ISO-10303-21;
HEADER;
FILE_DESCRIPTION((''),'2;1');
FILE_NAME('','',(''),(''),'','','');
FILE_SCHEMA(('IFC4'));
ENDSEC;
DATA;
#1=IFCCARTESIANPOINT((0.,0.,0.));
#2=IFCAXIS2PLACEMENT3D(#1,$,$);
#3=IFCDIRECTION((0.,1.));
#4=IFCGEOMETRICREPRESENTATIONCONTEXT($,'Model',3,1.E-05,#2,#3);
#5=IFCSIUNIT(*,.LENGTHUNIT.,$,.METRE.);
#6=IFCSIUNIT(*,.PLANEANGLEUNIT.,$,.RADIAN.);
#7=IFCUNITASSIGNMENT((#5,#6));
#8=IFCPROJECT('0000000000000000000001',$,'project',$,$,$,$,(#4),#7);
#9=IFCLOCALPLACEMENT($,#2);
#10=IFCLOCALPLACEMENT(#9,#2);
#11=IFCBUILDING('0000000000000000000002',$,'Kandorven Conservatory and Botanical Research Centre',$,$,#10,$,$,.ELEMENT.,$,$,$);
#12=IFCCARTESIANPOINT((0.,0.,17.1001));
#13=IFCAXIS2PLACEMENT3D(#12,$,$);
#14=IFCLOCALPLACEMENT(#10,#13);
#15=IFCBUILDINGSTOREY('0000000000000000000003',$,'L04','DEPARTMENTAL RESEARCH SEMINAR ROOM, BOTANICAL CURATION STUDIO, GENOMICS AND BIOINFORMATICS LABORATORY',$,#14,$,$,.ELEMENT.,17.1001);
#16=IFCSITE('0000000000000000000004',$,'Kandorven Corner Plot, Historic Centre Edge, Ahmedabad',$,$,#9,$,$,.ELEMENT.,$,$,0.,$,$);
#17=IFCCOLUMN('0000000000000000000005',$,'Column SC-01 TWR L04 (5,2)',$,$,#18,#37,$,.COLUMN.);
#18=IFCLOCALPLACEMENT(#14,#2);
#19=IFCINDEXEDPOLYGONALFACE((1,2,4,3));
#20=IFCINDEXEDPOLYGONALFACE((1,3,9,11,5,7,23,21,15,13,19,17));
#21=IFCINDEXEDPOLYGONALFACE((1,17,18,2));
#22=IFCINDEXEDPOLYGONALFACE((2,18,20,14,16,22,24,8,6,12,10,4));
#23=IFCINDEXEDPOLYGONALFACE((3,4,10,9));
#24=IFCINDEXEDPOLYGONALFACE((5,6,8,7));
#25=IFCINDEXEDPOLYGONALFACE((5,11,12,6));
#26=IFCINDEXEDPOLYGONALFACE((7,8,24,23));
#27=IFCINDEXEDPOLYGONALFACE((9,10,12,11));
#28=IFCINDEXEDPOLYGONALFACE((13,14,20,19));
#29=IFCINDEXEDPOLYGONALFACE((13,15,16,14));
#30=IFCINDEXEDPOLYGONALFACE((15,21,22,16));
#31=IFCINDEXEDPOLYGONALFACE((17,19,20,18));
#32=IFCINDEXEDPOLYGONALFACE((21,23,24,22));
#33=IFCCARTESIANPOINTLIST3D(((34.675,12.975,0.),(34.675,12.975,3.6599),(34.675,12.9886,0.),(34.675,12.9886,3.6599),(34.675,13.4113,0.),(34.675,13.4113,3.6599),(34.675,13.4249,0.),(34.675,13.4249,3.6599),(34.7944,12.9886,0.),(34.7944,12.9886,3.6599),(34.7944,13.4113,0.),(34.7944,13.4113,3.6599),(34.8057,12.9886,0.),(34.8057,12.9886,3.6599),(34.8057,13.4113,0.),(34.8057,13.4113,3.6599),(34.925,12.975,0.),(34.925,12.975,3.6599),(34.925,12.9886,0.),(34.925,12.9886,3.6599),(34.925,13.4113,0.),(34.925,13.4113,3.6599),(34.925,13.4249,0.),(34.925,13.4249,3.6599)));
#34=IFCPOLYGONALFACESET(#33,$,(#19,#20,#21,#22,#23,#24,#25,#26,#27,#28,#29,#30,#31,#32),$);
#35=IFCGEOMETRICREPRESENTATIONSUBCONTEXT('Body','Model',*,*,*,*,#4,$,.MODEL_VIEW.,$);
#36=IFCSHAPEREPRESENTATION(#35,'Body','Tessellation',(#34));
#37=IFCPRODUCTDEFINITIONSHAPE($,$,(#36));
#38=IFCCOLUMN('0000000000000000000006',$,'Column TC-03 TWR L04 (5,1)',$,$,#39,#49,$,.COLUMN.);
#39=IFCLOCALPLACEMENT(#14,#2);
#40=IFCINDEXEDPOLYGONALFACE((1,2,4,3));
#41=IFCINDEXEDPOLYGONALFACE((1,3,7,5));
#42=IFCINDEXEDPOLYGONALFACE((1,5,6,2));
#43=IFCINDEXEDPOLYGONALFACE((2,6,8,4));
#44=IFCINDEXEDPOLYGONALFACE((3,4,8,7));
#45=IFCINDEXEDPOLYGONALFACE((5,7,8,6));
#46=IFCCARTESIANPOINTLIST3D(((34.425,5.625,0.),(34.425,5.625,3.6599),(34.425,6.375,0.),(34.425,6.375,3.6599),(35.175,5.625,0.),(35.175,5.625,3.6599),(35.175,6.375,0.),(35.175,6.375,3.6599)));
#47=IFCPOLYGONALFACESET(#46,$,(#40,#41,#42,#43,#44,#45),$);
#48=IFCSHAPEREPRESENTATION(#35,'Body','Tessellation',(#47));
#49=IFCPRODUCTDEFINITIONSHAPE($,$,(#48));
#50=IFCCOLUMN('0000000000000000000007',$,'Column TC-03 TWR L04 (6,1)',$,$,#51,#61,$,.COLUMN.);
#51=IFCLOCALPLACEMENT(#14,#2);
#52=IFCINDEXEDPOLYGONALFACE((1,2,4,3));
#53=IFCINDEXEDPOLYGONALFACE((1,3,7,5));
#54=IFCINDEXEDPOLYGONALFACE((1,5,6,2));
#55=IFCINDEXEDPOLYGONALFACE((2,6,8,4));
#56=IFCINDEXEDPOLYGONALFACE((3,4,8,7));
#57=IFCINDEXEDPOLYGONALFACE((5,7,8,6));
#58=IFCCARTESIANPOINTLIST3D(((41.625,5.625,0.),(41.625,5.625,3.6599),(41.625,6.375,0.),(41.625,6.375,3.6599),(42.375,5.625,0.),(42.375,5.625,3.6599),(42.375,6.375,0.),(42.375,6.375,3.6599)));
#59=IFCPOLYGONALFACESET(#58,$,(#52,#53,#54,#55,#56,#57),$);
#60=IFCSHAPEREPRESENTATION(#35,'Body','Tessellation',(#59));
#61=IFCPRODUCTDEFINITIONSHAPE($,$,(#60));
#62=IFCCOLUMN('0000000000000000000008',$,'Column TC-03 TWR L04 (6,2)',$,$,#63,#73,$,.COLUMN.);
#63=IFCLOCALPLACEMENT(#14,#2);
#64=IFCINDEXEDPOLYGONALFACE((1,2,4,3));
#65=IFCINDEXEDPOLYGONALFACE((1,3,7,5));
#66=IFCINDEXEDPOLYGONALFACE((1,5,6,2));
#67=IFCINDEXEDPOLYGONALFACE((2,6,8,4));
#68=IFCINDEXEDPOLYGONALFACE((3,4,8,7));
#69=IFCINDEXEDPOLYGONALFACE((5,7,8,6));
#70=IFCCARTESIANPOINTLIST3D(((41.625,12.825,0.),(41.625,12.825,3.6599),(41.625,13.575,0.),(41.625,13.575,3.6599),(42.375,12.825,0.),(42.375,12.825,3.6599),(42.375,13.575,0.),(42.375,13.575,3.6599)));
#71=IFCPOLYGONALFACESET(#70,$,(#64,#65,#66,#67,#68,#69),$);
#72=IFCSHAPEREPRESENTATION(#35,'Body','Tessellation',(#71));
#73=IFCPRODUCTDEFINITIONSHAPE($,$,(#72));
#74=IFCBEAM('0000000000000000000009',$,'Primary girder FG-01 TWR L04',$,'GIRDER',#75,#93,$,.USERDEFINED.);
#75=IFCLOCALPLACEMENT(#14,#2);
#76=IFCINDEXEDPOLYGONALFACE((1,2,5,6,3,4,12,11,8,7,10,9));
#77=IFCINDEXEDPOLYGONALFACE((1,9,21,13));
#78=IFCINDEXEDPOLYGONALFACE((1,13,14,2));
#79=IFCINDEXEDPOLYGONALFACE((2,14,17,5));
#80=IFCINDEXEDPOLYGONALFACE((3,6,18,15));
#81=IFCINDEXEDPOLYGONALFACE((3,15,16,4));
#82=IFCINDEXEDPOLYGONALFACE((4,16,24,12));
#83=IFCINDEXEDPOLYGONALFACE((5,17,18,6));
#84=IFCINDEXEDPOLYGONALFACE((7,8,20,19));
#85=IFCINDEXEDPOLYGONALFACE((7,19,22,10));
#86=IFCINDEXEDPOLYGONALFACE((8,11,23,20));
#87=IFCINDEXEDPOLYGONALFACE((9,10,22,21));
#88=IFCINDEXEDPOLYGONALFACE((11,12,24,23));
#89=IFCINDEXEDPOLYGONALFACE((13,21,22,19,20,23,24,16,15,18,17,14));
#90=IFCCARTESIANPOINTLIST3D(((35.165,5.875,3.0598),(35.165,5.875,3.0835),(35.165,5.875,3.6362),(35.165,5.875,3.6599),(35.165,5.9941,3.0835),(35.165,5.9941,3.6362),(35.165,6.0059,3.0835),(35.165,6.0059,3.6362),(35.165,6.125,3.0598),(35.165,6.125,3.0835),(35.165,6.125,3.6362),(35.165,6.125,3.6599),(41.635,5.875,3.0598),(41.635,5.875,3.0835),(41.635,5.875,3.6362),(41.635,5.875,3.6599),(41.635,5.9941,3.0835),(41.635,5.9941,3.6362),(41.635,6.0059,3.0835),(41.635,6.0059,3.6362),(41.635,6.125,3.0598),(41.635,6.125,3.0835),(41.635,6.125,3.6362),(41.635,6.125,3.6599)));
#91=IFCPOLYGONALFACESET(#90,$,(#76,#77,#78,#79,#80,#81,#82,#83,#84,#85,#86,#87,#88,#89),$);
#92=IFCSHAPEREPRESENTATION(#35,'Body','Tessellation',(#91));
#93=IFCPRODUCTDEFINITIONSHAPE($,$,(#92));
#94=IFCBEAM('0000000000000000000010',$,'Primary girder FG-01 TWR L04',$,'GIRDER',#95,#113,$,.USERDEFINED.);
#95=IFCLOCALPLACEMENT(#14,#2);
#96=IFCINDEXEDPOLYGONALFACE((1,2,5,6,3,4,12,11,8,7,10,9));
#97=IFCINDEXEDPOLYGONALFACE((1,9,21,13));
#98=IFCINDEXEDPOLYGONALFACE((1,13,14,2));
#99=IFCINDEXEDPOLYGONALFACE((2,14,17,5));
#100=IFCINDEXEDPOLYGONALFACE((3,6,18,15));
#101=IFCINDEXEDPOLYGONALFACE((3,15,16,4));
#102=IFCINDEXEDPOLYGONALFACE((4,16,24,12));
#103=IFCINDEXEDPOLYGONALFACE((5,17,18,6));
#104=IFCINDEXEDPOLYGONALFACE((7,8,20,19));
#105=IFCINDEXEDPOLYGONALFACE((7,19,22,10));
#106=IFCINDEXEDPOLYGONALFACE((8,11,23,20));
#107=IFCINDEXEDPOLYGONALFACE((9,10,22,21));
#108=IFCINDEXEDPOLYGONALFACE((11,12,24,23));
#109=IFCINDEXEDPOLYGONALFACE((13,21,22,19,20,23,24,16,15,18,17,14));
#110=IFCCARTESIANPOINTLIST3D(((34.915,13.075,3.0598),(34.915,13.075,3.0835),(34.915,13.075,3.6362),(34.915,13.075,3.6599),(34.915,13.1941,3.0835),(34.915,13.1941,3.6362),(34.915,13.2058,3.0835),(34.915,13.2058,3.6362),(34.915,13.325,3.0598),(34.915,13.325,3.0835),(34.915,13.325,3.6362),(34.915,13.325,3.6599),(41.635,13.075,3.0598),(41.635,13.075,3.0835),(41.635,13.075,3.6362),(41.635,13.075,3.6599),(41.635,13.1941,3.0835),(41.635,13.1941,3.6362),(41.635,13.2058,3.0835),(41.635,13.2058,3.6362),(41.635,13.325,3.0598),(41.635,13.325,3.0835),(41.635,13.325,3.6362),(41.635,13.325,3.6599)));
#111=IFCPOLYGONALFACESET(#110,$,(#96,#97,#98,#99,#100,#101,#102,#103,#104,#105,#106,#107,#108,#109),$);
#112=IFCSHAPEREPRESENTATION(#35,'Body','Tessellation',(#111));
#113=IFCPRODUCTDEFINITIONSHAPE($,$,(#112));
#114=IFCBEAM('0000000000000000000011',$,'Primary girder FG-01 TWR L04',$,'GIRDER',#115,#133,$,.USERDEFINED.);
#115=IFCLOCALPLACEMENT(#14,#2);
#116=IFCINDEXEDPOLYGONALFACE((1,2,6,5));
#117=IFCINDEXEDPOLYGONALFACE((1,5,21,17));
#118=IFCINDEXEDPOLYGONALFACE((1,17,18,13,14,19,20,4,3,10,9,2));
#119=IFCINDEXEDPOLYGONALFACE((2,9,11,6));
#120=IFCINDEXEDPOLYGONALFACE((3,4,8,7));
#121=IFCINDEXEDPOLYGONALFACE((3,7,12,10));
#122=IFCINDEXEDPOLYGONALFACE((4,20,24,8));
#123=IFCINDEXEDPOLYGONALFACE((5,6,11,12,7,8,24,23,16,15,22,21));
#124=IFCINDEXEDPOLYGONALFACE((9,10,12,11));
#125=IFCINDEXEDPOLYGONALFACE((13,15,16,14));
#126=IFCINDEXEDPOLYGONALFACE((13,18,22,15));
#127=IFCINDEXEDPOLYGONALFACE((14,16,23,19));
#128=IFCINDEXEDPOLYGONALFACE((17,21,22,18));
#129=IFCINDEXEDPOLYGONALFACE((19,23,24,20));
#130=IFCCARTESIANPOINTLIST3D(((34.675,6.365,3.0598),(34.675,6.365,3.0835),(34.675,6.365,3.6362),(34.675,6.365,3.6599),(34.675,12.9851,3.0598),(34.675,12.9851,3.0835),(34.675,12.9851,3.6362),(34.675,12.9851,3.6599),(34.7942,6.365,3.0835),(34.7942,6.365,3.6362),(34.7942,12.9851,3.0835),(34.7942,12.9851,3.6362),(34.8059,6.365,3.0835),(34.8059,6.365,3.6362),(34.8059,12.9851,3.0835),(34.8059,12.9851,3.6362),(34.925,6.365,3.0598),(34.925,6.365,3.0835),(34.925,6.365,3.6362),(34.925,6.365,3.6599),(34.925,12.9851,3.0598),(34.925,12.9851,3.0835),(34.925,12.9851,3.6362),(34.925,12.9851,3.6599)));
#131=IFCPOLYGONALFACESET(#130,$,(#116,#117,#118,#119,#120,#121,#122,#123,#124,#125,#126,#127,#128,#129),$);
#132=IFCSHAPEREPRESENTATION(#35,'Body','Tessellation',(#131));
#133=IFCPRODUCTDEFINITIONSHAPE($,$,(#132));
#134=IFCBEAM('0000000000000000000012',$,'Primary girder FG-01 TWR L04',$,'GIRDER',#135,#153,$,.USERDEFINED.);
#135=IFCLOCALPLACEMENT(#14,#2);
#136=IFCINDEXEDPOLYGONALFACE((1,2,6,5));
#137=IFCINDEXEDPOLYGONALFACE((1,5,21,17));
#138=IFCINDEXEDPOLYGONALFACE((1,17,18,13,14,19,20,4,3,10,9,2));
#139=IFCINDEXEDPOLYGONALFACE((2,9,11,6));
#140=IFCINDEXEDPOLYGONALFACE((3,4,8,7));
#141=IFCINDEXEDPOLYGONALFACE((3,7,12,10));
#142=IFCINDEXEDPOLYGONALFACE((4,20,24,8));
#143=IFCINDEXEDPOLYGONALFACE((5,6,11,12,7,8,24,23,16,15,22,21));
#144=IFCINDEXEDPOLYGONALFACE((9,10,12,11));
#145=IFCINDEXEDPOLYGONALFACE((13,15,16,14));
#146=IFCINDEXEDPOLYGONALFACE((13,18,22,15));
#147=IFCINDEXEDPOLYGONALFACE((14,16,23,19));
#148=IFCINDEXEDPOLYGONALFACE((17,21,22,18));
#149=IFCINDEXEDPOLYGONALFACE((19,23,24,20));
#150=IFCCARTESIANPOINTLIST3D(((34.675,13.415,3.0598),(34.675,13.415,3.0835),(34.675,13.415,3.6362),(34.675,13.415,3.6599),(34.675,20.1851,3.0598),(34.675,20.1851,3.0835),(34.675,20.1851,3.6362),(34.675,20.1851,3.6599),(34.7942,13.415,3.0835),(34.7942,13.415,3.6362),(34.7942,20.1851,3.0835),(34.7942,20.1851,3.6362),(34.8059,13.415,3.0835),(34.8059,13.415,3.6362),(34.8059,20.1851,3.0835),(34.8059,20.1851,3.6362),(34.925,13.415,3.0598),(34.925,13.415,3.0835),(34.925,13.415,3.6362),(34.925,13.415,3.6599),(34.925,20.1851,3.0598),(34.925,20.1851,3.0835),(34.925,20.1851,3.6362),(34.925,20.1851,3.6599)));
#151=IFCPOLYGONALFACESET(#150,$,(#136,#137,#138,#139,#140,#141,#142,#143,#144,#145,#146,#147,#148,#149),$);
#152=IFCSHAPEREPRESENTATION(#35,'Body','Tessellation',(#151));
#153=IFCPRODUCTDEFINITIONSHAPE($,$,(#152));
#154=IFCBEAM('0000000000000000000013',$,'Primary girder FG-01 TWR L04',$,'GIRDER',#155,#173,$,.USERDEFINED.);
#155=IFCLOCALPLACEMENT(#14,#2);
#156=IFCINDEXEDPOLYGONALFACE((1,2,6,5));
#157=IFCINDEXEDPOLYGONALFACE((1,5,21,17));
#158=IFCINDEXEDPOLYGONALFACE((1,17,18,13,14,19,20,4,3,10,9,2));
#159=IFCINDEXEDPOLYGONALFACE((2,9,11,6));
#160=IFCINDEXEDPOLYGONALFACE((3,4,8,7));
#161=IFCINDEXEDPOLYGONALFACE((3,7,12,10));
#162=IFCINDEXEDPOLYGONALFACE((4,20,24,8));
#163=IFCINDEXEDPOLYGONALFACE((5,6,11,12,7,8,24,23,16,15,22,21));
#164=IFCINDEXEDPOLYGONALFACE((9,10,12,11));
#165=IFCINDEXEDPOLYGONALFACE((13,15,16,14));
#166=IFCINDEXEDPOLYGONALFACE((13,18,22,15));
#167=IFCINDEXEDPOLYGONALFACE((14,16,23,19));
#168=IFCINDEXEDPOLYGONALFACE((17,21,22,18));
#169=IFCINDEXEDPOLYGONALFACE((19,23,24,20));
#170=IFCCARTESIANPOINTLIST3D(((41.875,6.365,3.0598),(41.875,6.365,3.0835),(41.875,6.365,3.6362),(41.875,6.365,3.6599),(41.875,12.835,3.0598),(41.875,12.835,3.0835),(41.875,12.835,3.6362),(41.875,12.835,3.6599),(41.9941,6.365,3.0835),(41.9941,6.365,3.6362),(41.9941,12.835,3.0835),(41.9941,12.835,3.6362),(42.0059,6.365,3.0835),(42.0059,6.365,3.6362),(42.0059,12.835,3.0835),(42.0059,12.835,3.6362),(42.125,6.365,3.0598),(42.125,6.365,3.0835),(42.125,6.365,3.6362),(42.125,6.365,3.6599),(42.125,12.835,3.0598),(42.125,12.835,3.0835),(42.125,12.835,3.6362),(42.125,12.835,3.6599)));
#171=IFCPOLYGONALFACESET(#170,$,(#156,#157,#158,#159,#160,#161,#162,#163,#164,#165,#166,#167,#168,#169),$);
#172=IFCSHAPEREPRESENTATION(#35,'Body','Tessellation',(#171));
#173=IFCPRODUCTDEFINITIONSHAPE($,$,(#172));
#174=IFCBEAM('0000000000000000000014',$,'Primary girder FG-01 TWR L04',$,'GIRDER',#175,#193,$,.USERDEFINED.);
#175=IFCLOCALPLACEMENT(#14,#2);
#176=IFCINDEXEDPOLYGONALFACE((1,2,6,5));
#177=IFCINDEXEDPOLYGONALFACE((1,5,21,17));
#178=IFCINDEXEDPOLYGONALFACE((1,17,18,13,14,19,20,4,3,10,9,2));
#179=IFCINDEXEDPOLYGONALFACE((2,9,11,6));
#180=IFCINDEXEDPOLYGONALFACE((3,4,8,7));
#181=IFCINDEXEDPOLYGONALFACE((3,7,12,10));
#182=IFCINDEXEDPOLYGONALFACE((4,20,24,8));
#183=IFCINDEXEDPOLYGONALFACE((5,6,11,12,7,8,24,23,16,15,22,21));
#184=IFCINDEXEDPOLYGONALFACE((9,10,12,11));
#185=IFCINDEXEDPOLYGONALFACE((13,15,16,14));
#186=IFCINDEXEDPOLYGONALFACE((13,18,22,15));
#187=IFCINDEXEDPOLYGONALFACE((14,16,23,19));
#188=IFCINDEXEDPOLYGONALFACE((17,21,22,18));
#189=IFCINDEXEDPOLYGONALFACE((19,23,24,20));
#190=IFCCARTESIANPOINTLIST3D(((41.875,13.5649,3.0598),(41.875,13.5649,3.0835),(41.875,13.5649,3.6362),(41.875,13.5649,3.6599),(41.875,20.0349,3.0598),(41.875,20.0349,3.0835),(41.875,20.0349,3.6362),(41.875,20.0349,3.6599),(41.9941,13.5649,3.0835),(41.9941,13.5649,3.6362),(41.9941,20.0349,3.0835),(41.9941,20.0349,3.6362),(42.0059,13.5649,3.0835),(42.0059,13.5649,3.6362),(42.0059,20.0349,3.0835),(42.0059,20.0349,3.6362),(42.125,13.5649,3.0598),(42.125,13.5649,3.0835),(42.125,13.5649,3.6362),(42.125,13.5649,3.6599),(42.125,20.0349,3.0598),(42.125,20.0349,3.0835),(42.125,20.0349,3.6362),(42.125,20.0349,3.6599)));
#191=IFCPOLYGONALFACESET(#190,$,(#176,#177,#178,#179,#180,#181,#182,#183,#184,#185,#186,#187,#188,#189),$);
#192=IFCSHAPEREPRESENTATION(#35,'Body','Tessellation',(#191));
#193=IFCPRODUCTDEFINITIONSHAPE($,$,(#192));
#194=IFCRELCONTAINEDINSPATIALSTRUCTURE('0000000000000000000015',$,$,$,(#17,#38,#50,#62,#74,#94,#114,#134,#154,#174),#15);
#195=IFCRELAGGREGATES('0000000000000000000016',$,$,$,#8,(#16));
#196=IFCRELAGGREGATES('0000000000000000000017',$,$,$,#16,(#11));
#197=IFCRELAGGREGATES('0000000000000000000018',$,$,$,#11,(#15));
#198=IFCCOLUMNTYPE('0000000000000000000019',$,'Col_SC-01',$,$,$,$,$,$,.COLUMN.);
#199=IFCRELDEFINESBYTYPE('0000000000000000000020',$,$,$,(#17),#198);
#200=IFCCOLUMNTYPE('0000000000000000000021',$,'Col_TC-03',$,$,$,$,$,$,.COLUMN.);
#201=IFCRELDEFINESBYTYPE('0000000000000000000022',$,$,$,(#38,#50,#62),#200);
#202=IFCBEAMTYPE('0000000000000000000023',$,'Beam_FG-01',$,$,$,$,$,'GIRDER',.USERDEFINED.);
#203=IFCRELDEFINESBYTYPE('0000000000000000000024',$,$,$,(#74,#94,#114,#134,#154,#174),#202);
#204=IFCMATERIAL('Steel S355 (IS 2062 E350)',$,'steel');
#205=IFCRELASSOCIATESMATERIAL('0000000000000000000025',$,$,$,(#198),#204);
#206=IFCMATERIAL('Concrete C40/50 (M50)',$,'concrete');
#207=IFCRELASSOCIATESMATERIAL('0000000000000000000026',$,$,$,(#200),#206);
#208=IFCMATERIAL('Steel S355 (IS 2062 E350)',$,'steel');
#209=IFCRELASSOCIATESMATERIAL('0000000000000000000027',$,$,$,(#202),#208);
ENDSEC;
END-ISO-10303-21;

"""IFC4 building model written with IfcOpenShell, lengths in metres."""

from ifc_helpers import new_model, si_unit, direction, frame, origin, origin_2d, place, context, subcontext, project, spatial, rectangle, i_section, extrude, material, material_profile, profile_set, type_object, element, save


model = new_model("IFC4")

# Units and contexts
model_context = context("Model", 3, precision=1e-05, world=origin(), true_north=direction((0.0, 1.0)))
body_context = subcontext(model_context, "Body", "Model", "MODEL_VIEW")
ifc_project = project(units=[si_unit("LENGTHUNIT", "METRE"), si_unit("PLANEANGLEUNIT", "RADIAN")], contexts=[model_context])

# Site, building, storey
site_placement = place(None, origin())
site = spatial("IfcSite", under=ifc_project, at=site_placement, Name="Kandorven Corner Plot, Historic Centre Edge, Ahmedabad", CompositionType="ELEMENT", RefElevation=0.0)
building_placement = place(site_placement, origin())
building = spatial("IfcBuilding", under=site, at=building_placement, Name="Kandorven Conservatory and Botanical Research Centre", CompositionType="ELEMENT")
storey_placement = place(building_placement, frame((0.0, 0.0, 17.1001)))
storey = spatial("IfcBuildingStorey", under=building, at=storey_placement, Name="L04", Description="DEPARTMENTAL RESEARCH SEMINAR ROOM, BOTANICAL CURATION STUDIO, GENOMICS AND BIOINFORMATICS LABORATORY", CompositionType="ELEMENT", Elevation=17.1001)

# Columns
ifc_material_1 = material(Name="Steel S355 (IS 2062 E350)", Category="steel")
ifc_material_profile_1 = material_profile(ifc_material_1, i_section(OverallWidth=0.25, OverallDepth=0.45, WebThickness=0.0112, FlangeThickness=0.0137, at=origin_2d()))
ifc_profile_set_1 = profile_set([ifc_material_profile_1], Name="Steel S355 (IS 2062 E350)")
column_type_1 = type_object("IfcColumnType", Name="Col_SC-01", PredefinedType="COLUMN", material=ifc_profile_set_1)
column_placement = place(storey_placement, frame((34.8, 13.2, 0.0), z_axis=(0.0, 0.0, 1.0), x_axis=(1.0, 0.0, 0.0)))
element("IfcColumn", 1, at=column_placement, inside=storey, type_object=column_type_1, Name="Column SC-01 TWR L04 (5,2)", PredefinedType="COLUMN", context=body_context, shape_type="SweptSolid", body=[
    extrude(i_section(OverallWidth=0.25, OverallDepth=0.45, WebThickness=0.0112, FlangeThickness=0.0137, at=origin_2d()), origin(), (0.0, 0.0, 1.0), 3.6599),
])
ifc_material_2 = material(Name="Concrete C40/50 (M50)", Category="concrete")
ifc_material_profile_2 = material_profile(ifc_material_2, rectangle(XDim=0.75, YDim=0.75, at=origin_2d()))
ifc_profile_set_2 = profile_set([ifc_material_profile_2], Name="Concrete C40/50 (M50)")
column_type_2 = type_object("IfcColumnType", Name="Col_TC-03", PredefinedType="COLUMN", material=ifc_profile_set_2)
for number, where, z_axis, x_axis, name in (
    (2, (34.8, 6.0, 0.0), (0.0, 0.0, 1.0), (1.0, 0.0, 0.0), "Column TC-03 TWR L04 (5,1)"),
    (3, (42.0, 6.0, 0.0), (0.0, 0.0, 1.0), (1.0, 0.0, 0.0), "Column TC-03 TWR L04 (6,1)"),
    (4, (42.0, 13.2, 0.0), (0.0, 0.0, 1.0), (1.0, 0.0, 0.0), "Column TC-03 TWR L04 (6,2)"),
):
    element("IfcColumn", number, at=place(storey_placement, frame(where, z_axis=z_axis, x_axis=x_axis)), inside=storey, type_object=column_type_2, Name=name, PredefinedType="COLUMN", context=body_context, shape_type="SweptSolid", body=[
        extrude(rectangle(XDim=0.75, YDim=0.75, at=origin_2d()), origin(), (0.0, 0.0, 1.0), 3.6599),
    ])

# Beams
ifc_material_3 = material(Name="Steel S355 (IS 2062 E350)", Category="steel")
ifc_material_profile_3 = material_profile(ifc_material_3, i_section(OverallWidth=0.25, OverallDepth=0.6001, WebThickness=0.0117, FlangeThickness=0.0237, at=origin_2d()))
ifc_profile_set_3 = profile_set([ifc_material_profile_3], Name="Steel S355 (IS 2062 E350)")
beam_type_1 = type_object("IfcBeamType", Name="Beam_FG-01", ElementType="GIRDER", PredefinedType="USERDEFINED", material=ifc_profile_set_3)
beam_1_placement = place(storey_placement, frame((35.165, 6.0, 3.3599), z_axis=(1.0, 0.0, 0.0), x_axis=(0.0, 1.0, 0.0)))
element("IfcBeam", 5, at=beam_1_placement, inside=storey, type_object=beam_type_1, Name="Primary girder FG-01 TWR L04", ObjectType="GIRDER", PredefinedType="USERDEFINED", context=body_context, shape_type="SweptSolid", body=[
    extrude(i_section(OverallWidth=0.25, OverallDepth=0.6001, WebThickness=0.0117, FlangeThickness=0.0237, at=origin_2d()), origin(), (0.0, 0.0, 1.0), 6.47),
])
beam_2_placement = place(storey_placement, frame((34.915, 13.2, 3.3599), z_axis=(1.0, 0.0, 0.0), x_axis=(0.0, 1.0, 0.0)))
element("IfcBeam", 6, at=beam_2_placement, inside=storey, type_object=beam_type_1, Name="Primary girder FG-01 TWR L04", ObjectType="GIRDER", PredefinedType="USERDEFINED", context=body_context, shape_type="SweptSolid", body=[
    extrude(i_section(OverallWidth=0.25, OverallDepth=0.6001, WebThickness=0.0117, FlangeThickness=0.0237, at=origin_2d()), origin(), (0.0, 0.0, 1.0), 6.72),
])
beam_3_placement = place(storey_placement, frame((34.8, 6.365, 3.3599), z_axis=(0.0, 1.0, 0.0), x_axis=(-1.0, 0.0, 0.0)))
element("IfcBeam", 7, at=beam_3_placement, inside=storey, type_object=beam_type_1, Name="Primary girder FG-01 TWR L04", ObjectType="GIRDER", PredefinedType="USERDEFINED", context=body_context, shape_type="SweptSolid", body=[
    extrude(i_section(OverallWidth=0.25, OverallDepth=0.6001, WebThickness=0.0117, FlangeThickness=0.0237, at=origin_2d()), origin(), (0.0, 0.0, 1.0), 6.6201),
])
beam_4_placement = place(storey_placement, frame((34.8, 13.415, 3.3599), z_axis=(0.0, 1.0, 0.0), x_axis=(-1.0, 0.0, 0.0)))
element("IfcBeam", 8, at=beam_4_placement, inside=storey, type_object=beam_type_1, Name="Primary girder FG-01 TWR L04", ObjectType="GIRDER", PredefinedType="USERDEFINED", context=body_context, shape_type="SweptSolid", body=[
    extrude(i_section(OverallWidth=0.25, OverallDepth=0.6001, WebThickness=0.0117, FlangeThickness=0.0237, at=origin_2d()), origin(), (0.0, 0.0, 1.0), 6.77),
])
for number, where, z_axis, x_axis, name in (
    (9, (42.0, 6.365, 3.3599), (0.0, 1.0, 0.0), (-1.0, 0.0, 0.0), "Primary girder FG-01 TWR L04"),
    (10, (42.0, 13.5649, 3.3599), (0.0, 1.0, 0.0), (-1.0, 0.0, 0.0), "Primary girder FG-01 TWR L04"),
):
    element("IfcBeam", number, at=place(storey_placement, frame(where, z_axis=z_axis, x_axis=x_axis)), inside=storey, type_object=beam_type_1, Name=name, ObjectType="GIRDER", PredefinedType="USERDEFINED", context=body_context, shape_type="SweptSolid", body=[
        extrude(i_section(OverallWidth=0.25, OverallDepth=0.6001, WebThickness=0.0117, FlangeThickness=0.0237, at=origin_2d()), origin(), (0.0, 0.0, 1.0), 6.47),
    ])

save(model, "model.ifc")
